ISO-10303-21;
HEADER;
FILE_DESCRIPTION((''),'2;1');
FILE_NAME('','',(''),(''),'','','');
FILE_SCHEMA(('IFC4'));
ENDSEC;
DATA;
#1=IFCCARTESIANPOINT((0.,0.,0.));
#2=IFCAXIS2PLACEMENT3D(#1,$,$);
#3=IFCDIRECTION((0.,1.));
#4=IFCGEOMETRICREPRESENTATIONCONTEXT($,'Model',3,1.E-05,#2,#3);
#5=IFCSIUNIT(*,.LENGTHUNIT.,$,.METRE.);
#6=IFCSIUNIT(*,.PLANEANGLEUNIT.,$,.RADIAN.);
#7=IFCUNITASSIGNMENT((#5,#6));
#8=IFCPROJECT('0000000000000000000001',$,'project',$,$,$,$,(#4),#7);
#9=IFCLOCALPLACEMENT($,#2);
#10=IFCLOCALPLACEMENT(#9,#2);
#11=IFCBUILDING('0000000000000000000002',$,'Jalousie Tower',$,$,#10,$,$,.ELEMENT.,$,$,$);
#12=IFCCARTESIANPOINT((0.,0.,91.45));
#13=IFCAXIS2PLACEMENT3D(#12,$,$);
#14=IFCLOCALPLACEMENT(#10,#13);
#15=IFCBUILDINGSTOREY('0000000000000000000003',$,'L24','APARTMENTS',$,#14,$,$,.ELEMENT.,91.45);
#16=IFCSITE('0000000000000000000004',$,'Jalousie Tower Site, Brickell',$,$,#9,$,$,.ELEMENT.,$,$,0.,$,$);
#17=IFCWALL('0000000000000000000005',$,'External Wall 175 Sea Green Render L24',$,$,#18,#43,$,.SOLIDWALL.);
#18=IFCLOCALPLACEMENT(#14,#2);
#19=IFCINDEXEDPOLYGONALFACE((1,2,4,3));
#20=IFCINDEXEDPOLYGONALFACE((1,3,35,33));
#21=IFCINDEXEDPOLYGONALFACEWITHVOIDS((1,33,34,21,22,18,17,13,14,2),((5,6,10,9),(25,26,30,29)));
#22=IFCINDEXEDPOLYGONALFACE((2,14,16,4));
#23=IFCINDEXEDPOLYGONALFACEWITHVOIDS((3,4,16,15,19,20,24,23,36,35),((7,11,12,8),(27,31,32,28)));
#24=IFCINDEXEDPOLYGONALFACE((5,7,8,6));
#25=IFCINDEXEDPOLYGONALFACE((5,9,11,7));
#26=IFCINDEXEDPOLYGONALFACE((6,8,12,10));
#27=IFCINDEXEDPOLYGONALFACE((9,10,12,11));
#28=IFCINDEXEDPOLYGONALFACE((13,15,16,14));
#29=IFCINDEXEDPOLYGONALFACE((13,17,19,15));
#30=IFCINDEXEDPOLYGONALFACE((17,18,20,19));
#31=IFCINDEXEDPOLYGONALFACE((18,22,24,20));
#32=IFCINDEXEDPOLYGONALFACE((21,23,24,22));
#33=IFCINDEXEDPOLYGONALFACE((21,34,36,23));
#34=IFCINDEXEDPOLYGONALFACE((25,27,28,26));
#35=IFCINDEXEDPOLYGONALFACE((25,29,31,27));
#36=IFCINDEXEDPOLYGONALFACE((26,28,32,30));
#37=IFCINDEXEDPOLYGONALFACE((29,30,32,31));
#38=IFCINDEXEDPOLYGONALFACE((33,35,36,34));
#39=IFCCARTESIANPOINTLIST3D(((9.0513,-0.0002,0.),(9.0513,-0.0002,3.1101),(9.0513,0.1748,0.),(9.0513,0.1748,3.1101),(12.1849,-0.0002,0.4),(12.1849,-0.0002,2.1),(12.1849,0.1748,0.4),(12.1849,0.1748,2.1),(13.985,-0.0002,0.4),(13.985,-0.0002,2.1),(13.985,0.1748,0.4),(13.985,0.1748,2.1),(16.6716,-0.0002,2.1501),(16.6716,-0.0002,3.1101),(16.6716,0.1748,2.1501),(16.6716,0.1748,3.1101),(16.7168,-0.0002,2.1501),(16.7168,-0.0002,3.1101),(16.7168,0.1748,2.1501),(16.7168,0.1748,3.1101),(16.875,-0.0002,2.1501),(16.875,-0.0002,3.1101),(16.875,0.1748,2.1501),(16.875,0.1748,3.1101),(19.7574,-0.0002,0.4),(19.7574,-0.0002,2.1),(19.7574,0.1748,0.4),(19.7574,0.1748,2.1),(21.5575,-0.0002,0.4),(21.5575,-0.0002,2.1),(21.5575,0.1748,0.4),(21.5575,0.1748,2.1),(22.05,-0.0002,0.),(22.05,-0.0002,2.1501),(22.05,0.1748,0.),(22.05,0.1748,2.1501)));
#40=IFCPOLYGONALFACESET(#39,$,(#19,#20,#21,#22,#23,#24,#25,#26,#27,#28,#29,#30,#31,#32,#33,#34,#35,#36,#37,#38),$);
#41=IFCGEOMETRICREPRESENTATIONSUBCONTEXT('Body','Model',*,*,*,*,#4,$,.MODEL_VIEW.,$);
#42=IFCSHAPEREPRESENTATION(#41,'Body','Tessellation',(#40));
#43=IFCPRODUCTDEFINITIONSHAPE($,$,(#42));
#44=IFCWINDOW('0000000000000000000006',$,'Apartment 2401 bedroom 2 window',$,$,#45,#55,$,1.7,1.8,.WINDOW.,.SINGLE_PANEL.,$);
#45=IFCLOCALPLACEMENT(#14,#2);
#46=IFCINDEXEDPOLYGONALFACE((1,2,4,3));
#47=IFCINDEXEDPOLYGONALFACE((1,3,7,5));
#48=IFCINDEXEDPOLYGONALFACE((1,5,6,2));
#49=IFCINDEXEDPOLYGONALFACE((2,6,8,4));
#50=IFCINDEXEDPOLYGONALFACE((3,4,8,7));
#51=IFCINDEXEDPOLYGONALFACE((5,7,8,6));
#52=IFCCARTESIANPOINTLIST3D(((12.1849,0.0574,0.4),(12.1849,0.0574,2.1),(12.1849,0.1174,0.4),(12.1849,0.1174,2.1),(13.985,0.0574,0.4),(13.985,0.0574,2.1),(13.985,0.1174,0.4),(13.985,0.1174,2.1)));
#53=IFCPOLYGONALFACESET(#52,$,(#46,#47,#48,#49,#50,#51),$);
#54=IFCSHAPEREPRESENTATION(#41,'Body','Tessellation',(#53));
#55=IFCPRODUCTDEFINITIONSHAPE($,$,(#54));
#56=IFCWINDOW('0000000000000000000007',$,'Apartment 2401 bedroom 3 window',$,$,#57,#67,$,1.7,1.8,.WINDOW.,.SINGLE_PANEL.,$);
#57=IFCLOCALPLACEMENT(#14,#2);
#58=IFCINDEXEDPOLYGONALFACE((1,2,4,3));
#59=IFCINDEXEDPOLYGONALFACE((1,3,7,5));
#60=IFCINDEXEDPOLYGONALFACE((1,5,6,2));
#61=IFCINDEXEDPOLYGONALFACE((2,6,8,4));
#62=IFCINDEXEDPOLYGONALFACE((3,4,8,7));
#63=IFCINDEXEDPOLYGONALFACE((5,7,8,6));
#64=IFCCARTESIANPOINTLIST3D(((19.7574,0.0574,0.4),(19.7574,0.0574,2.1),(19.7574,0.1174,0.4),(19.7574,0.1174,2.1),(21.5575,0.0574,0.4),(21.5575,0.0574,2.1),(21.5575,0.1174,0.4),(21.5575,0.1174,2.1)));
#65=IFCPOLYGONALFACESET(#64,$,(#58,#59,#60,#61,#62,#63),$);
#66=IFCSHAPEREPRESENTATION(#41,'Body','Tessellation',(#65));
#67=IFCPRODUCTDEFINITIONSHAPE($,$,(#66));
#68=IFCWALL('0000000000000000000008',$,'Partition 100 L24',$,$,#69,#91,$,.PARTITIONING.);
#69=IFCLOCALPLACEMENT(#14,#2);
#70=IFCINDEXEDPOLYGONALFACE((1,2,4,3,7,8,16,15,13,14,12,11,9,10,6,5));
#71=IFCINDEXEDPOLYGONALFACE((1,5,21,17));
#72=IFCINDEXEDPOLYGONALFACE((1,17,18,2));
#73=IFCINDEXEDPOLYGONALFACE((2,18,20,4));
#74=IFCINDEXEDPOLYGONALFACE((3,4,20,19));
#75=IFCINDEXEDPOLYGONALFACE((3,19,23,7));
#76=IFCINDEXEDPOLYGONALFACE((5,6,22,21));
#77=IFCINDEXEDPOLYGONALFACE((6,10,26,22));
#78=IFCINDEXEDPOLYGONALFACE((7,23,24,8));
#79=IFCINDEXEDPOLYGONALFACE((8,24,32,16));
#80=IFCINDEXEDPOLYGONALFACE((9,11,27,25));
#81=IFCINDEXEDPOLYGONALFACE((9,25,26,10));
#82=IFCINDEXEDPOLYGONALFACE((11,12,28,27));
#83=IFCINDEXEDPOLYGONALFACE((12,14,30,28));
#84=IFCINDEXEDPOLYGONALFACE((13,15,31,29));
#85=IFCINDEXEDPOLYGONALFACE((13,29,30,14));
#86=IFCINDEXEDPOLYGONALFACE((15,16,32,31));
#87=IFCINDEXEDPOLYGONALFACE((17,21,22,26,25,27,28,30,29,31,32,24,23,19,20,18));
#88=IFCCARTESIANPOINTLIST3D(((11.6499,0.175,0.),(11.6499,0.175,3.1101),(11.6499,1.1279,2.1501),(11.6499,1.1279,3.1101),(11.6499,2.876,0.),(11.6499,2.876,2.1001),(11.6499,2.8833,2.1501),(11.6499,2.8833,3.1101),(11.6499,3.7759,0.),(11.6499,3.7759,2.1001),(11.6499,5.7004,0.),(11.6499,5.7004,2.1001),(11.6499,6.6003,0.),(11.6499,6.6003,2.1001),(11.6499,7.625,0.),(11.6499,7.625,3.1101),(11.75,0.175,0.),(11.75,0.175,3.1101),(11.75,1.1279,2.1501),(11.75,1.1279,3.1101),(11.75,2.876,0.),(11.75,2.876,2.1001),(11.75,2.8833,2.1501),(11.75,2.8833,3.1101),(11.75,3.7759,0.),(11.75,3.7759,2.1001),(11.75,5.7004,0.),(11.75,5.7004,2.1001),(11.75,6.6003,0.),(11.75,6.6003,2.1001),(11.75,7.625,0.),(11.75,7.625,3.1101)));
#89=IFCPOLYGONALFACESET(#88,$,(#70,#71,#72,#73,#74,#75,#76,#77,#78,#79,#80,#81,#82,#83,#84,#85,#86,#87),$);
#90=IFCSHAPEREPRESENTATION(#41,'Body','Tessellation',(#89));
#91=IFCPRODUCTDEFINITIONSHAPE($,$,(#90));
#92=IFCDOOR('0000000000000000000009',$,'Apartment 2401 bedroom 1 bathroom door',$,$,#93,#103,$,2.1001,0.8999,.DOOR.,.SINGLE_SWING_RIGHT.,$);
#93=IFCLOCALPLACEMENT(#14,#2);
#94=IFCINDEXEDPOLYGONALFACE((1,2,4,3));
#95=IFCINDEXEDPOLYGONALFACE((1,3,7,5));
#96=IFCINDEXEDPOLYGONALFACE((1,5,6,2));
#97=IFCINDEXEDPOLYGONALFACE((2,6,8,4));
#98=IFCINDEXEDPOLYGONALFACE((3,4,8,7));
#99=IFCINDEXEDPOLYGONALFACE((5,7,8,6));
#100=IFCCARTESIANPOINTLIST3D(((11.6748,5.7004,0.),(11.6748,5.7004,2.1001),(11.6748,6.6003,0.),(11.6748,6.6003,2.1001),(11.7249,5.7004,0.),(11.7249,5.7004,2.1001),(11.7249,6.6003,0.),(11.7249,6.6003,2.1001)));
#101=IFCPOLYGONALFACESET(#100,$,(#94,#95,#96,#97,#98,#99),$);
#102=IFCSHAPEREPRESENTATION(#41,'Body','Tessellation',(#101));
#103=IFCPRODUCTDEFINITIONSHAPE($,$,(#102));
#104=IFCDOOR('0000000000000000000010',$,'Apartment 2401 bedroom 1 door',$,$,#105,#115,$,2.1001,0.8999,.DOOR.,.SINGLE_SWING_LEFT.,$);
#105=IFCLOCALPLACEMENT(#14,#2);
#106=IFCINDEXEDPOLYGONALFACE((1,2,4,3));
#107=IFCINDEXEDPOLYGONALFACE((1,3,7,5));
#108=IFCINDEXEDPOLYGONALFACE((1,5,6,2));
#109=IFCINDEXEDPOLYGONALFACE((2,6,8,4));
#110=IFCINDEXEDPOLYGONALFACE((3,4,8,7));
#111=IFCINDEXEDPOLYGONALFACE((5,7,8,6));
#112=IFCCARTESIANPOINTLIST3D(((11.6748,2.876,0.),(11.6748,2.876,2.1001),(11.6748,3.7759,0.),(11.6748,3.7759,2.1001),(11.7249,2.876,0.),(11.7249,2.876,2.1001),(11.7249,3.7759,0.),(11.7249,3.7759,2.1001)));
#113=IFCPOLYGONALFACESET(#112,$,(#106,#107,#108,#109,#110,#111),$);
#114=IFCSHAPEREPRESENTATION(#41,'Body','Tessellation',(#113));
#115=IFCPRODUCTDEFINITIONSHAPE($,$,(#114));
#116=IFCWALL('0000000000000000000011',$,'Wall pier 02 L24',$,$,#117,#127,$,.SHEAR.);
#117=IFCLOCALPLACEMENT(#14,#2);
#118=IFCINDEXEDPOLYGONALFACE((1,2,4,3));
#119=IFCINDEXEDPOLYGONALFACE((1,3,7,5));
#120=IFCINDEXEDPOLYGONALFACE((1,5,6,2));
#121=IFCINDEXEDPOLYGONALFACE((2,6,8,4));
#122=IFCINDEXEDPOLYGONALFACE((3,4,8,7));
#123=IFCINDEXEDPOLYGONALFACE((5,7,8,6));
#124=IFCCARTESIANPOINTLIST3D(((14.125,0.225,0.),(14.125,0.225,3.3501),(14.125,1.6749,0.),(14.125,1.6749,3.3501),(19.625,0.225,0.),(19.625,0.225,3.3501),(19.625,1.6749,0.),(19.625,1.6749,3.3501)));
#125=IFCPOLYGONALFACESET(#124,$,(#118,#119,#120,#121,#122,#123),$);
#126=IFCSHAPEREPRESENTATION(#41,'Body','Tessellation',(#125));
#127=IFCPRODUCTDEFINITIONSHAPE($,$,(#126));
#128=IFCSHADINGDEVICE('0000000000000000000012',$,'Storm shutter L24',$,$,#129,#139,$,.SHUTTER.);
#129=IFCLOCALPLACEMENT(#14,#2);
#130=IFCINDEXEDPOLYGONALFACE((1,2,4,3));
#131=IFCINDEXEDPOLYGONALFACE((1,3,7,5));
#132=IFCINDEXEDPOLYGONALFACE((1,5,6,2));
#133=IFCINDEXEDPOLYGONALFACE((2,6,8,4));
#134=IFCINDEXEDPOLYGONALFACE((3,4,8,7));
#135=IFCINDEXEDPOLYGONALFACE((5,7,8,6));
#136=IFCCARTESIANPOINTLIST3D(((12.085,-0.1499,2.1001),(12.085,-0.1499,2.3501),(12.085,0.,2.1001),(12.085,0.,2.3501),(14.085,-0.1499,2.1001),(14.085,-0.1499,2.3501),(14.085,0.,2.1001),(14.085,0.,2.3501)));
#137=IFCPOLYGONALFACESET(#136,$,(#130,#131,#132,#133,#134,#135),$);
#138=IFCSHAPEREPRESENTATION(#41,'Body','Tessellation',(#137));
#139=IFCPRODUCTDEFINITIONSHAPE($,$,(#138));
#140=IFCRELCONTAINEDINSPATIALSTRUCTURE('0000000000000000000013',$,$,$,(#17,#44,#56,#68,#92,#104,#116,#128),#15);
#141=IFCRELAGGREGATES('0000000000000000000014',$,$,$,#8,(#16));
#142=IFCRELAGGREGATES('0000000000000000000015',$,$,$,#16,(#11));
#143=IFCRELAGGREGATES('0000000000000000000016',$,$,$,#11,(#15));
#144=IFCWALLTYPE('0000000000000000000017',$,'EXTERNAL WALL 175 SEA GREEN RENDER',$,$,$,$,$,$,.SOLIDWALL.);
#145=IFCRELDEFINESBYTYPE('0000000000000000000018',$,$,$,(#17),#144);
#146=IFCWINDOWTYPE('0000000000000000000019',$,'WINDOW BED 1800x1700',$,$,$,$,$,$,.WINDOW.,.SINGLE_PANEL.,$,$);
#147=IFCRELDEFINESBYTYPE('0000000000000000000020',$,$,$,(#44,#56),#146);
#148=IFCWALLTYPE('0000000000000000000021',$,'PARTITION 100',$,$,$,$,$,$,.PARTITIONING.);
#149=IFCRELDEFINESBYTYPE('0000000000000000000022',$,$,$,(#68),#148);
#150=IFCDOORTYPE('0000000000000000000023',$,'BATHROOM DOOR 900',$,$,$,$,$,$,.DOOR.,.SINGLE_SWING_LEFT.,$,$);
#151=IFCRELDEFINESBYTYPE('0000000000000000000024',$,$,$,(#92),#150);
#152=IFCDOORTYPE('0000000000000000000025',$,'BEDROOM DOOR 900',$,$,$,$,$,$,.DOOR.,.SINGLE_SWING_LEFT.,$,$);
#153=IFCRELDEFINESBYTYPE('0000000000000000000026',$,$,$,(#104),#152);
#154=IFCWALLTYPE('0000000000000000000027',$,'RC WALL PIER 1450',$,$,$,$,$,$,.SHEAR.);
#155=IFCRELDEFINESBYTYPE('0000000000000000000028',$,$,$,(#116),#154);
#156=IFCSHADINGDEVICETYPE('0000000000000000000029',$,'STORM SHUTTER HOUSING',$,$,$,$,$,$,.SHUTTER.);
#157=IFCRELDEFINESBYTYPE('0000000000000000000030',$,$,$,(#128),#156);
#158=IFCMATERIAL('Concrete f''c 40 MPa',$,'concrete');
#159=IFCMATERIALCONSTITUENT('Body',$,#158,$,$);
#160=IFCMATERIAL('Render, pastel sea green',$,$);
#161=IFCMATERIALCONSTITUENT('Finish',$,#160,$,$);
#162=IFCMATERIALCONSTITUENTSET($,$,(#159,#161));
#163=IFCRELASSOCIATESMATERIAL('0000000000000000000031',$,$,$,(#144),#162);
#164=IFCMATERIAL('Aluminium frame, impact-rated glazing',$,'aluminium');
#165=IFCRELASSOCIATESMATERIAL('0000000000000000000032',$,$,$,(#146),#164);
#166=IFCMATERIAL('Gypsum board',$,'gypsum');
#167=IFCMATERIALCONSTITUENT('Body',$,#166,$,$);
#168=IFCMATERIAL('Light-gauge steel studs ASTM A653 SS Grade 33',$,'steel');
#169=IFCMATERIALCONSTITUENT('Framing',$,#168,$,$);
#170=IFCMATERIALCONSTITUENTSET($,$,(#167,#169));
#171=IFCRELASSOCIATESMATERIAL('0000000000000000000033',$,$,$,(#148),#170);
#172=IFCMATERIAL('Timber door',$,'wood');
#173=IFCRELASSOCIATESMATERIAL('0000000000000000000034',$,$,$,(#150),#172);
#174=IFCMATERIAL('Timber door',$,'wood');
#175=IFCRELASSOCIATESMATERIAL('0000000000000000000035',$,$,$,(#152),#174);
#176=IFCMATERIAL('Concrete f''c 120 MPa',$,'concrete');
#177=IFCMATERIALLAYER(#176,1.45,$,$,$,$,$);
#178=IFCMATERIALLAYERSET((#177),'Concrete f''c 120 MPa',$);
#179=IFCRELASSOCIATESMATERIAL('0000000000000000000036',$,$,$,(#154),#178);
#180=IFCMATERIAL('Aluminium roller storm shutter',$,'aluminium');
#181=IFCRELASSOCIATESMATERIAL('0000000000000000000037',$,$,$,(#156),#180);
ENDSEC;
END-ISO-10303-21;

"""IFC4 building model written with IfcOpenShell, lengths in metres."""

from ifc_helpers import new_model, si_unit, direction, frame, frame_2d, origin, origin_2d, place, context, subcontext, project, spatial, polyline, rectangle, outline, extrude, material, layer, layer_set, constituent, constituent_set, type_object, element, fill, save


model = new_model("IFC4")

# Units and contexts
model_context = context("Model", 3, precision=1e-05, world=origin(), true_north=direction((0.0, 1.0)))
body_context = subcontext(model_context, "Body", "Model", "MODEL_VIEW")
ifc_project = project(units=[si_unit("LENGTHUNIT", "METRE"), si_unit("PLANEANGLEUNIT", "RADIAN")], contexts=[model_context])

# Site, building, storey
site_placement = place(None, origin())
site = spatial("IfcSite", under=ifc_project, at=site_placement, Name="Jalousie Tower Site, Brickell", CompositionType="ELEMENT", RefElevation=0.0)
building_placement = place(site_placement, origin())
building = spatial("IfcBuilding", under=site, at=building_placement, Name="Jalousie Tower", CompositionType="ELEMENT")
storey_placement = place(building_placement, frame((0.0, 0.0, 91.45)))
storey = spatial("IfcBuildingStorey", under=building, at=storey_placement, Name="L24", Description="APARTMENTS", CompositionType="ELEMENT", Elevation=91.45)

# Wall, openings, windows
ifc_material_1 = material(Name="Concrete f'c 40 MPa", Category="concrete")
ifc_constituent_1 = constituent(ifc_material_1, Name="Body")
ifc_material_2 = material(Name="Render, pastel sea green")
ifc_constituent_2 = constituent(ifc_material_2, Name="Finish")
ifc_constituent_set_1 = constituent_set(constituents=[ifc_constituent_1, ifc_constituent_2])
wall_type_1 = type_object("IfcWallType", Name="EXTERNAL WALL 175 SEA GREEN RENDER", PredefinedType="SOLIDWALL", material=ifc_constituent_set_1)
wall_1_placement = place(storey_placement, frame((9.0513, 0.0874, 0.0), z_axis=(0.0, 0.0, 1.0), x_axis=(1.0, 0.0, 0.0)))
wall_1 = element("IfcWall", 1, at=wall_1_placement, inside=storey, type_object=wall_type_1, Name="External Wall 175 Sea Green Render L24", PredefinedType="SOLIDWALL", context=body_context, shape_type="SweptSolid", body=[
    extrude(outline(polyline([(0.0, 0.0), (12.9988, 0.0), (12.9988, 2.1501), (7.8237, 2.1501), (7.8237, 3.1101), (7.6655, 3.1101), (7.6655, 2.1501), (7.6204, 2.1501), (7.6204, 3.1101), (0.0, 3.1101), (0.0, 0.0)])), frame((0.0, 0.0874, 0.0), z_axis=(0.0, -1.0, 0.0), x_axis=(1.0, 0.0, 0.0)), (0.0, 0.0, 1.0), 0.175),
])
opening_1_placement = place(wall_1_placement, frame((3.1338, 0.0, 0.3999)))
opening_1 = element("IfcOpeningElement", 2, at=opening_1_placement, cuts=wall_1, PredefinedType="OPENING", context=body_context, shape_type="SweptSolid", body=[
    extrude(rectangle(XDim=1.8, YDim=1.7, at=frame_2d((0.8999, 0.8501))), frame((0.0, 0.0974, 0.0), z_axis=(0.0, -1.0, 0.0), x_axis=(1.0, 0.0, 0.0)), (0.0, 0.0, 1.0), 0.1951),
])
opening_2_placement = place(wall_1_placement, frame((10.7063, 0.0, 0.3999)))
opening_2 = element("IfcOpeningElement", 3, at=opening_2_placement, cuts=wall_1, PredefinedType="OPENING", context=body_context, shape_type="SweptSolid", body=[
    extrude(rectangle(XDim=1.8, YDim=1.7, at=frame_2d((0.8999, 0.8501))), frame((0.0, 0.0974, 0.0), z_axis=(0.0, -1.0, 0.0), x_axis=(1.0, 0.0, 0.0)), (0.0, 0.0, 1.0), 0.1951),
])
ifc_material_3 = material(Name="Aluminium frame, impact-rated glazing", Category="aluminium")
window_type = type_object("IfcWindowType", Name="WINDOW BED 1800x1700", PartitioningType="SINGLE_PANEL", PredefinedType="WINDOW", material=ifc_material_3)
window_1_placement = place(opening_1_placement, origin())
window_1 = element("IfcWindow", 4, at=window_1_placement, inside=storey, type_object=window_type, Name="Apartment 2401 bedroom 2 window", OverallHeight=1.7, OverallWidth=1.8, PartitioningType="SINGLE_PANEL", PredefinedType="WINDOW", context=body_context, shape_type="SweptSolid", body=[
    extrude(rectangle(XDim=1.8, YDim=1.7, at=frame_2d((0.8999, 0.8501))), frame((0.0, 0.03, 0.0), z_axis=(0.0, -1.0, 0.0), x_axis=(1.0, 0.0, 0.0)), (0.0, 0.0, 1.0), 0.0601),
])
fill(opening_1, window_1)
window_2_placement = place(opening_2_placement, origin())
window_2 = element("IfcWindow", 5, at=window_2_placement, inside=storey, type_object=window_type, Name="Apartment 2401 bedroom 3 window", OverallHeight=1.7, OverallWidth=1.8, PartitioningType="SINGLE_PANEL", PredefinedType="WINDOW", context=body_context, shape_type="SweptSolid", body=[
    extrude(rectangle(XDim=1.8, YDim=1.7, at=frame_2d((0.8999, 0.8501))), frame((0.0, 0.03, 0.0), z_axis=(0.0, -1.0, 0.0), x_axis=(1.0, 0.0, 0.0)), (0.0, 0.0, 1.0), 0.0601),
])
fill(opening_2, window_2)

# Wall, openings, doors
ifc_material_4 = material(Name="Gypsum board", Category="gypsum")
ifc_constituent_3 = constituent(ifc_material_4, Name="Body")
ifc_material_5 = material(Name="Light-gauge steel studs ASTM A653 SS Grade 33", Category="steel")
ifc_constituent_4 = constituent(ifc_material_5, Name="Framing")
ifc_constituent_set_2 = constituent_set(constituents=[ifc_constituent_3, ifc_constituent_4])
wall_type_2 = type_object("IfcWallType", Name="PARTITION 100", PredefinedType="PARTITIONING", material=ifc_constituent_set_2)
wall_2_placement = place(storey_placement, frame((11.7, 0.175, 0.0), z_axis=(0.0, 0.0, 1.0), x_axis=(0.0, 1.0, 0.0)))
wall_2 = element("IfcWall", 6, at=wall_2_placement, inside=storey, type_object=wall_type_2, Name="Partition 100 L24", PredefinedType="PARTITIONING", context=body_context, shape_type="SweptSolid", body=[
    extrude(outline(polyline([(0.0, 0.0), (7.45, 0.0), (7.45, 3.1101), (2.7083, 3.1101), (2.7083, 2.1501), (0.9529, 2.1501), (0.9529, 3.1101), (0.0, 3.1101), (0.0, 0.0)])), frame((0.0, 0.05, 0.0), z_axis=(0.0, -1.0, 0.0), x_axis=(1.0, 0.0, 0.0)), (0.0, 0.0, 1.0), 0.1001),
])
opening_3_placement = place(wall_2_placement, frame((2.7009, 0.0, 0.0)))
opening_3 = element("IfcOpeningElement", 7, at=opening_3_placement, cuts=wall_2, PredefinedType="OPENING", context=body_context, shape_type="SweptSolid", body=[
    extrude(rectangle(XDim=0.8999, YDim=2.1001, at=frame_2d((0.45, 1.05))), frame((0.0, 0.0601, 0.0), z_axis=(0.0, -1.0, 0.0), x_axis=(1.0, 0.0, 0.0)), (0.0, 0.0, 1.0), 0.1201),
])
opening_4_placement = place(wall_2_placement, frame((5.5254, 0.0, 0.0)))
opening_4 = element("IfcOpeningElement", 8, at=opening_4_placement, cuts=wall_2, PredefinedType="OPENING", context=body_context, shape_type="SweptSolid", body=[
    extrude(rectangle(XDim=0.8999, YDim=2.1001, at=frame_2d((0.45, 1.05))), frame((0.0, 0.0601, 0.0), z_axis=(0.0, -1.0, 0.0), x_axis=(1.0, 0.0, 0.0)), (0.0, 0.0, 1.0), 0.1201),
])
ifc_material_6 = material(Name="Timber door", Category="wood")
door_type_1 = type_object("IfcDoorType", Name="BATHROOM DOOR 900", OperationType="SINGLE_SWING_LEFT", PredefinedType="DOOR", material=ifc_material_6)
door_1_placement = place(opening_4_placement, frame((0.8999, 0.0, 0.0), z_axis=(0.0, 0.0, 1.0), x_axis=(-1.0, 0.0, 0.0)))
door_1 = element("IfcDoor", 9, at=door_1_placement, inside=storey, type_object=door_type_1, Name="Apartment 2401 bedroom 1 bathroom door", OperationType="SINGLE_SWING_RIGHT", OverallHeight=2.1001, OverallWidth=0.8999, PredefinedType="DOOR", context=body_context, shape_type="SweptSolid", body=[
    extrude(rectangle(XDim=0.8999, YDim=2.1001, at=frame_2d((0.45, 1.05))), frame((0.0, 0.0249, 0.0), z_axis=(0.0, -1.0, 0.0), x_axis=(1.0, 0.0, 0.0)), (0.0, 0.0, 1.0), 0.05),
])
fill(opening_4, door_1)
ifc_material_7 = material(Name="Timber door", Category="wood")
door_type_2 = type_object("IfcDoorType", Name="BEDROOM DOOR 900", OperationType="SINGLE_SWING_LEFT", PredefinedType="DOOR", material=ifc_material_7)
door_2_placement = place(opening_3_placement, frame((0.8999, 0.0, 0.0), z_axis=(0.0, 0.0, 1.0), x_axis=(-1.0, 0.0, 0.0)))
door_2 = element("IfcDoor", 10, at=door_2_placement, inside=storey, type_object=door_type_2, Name="Apartment 2401 bedroom 1 door", OperationType="SINGLE_SWING_LEFT", OverallHeight=2.1001, OverallWidth=0.8999, PredefinedType="DOOR", context=body_context, shape_type="SweptSolid", body=[
    extrude(rectangle(XDim=0.8999, YDim=2.1001, at=frame_2d((0.45, 1.05))), frame((0.0, 0.0249, 0.0), z_axis=(0.0, -1.0, 0.0), x_axis=(1.0, 0.0, 0.0)), (0.0, 0.0, 1.0), 0.05),
])
fill(opening_3, door_2)

# Wall
ifc_material_8 = material(Name="Concrete f'c 120 MPa", Category="concrete")
ifc_layer_1 = layer(ifc_material_8, 1.45)
ifc_layer_set_1 = layer_set([ifc_layer_1], Name="Concrete f'c 120 MPa")
wall_type_3 = type_object("IfcWallType", Name="RC WALL PIER 1450", PredefinedType="SHEAR", material=ifc_layer_set_1)
wall_3_placement = place(storey_placement, frame((14.125, 0.95, 0.0), z_axis=(0.0, 0.0, 1.0), x_axis=(1.0, 0.0, 0.0)))
element("IfcWall", 11, at=wall_3_placement, inside=storey, type_object=wall_type_3, Name="Wall pier 02 L24", PredefinedType="SHEAR", context=body_context, shape_type="SweptSolid", body=[
    extrude(rectangle(XDim=5.5, YDim=1.45, at=frame_2d((2.75, 0.0))), origin(), (0.0, 0.0, 1.0), 3.3501),
])

# Shading device
ifc_material_9 = material(Name="Aluminium roller storm shutter", Category="aluminium")
shading_device_type = type_object("IfcShadingDeviceType", Name="STORM SHUTTER HOUSING", PredefinedType="SHUTTER", material=ifc_material_9)
shading_device_placement = place(storey_placement, frame((13.085, -0.075, 2.1001), z_axis=(0.0, 0.0, 1.0), x_axis=(1.0, 0.0, 0.0)))
element("IfcShadingDevice", 12, at=shading_device_placement, inside=storey, type_object=shading_device_type, Name="Storm shutter L24", PredefinedType="SHUTTER", context=body_context, shape_type="SweptSolid", body=[
    extrude(rectangle(XDim=2.0, YDim=0.1499, at=origin_2d()), origin(), (0.0, 0.0, 1.0), 0.25),
])

save(model, "model.ifc")
